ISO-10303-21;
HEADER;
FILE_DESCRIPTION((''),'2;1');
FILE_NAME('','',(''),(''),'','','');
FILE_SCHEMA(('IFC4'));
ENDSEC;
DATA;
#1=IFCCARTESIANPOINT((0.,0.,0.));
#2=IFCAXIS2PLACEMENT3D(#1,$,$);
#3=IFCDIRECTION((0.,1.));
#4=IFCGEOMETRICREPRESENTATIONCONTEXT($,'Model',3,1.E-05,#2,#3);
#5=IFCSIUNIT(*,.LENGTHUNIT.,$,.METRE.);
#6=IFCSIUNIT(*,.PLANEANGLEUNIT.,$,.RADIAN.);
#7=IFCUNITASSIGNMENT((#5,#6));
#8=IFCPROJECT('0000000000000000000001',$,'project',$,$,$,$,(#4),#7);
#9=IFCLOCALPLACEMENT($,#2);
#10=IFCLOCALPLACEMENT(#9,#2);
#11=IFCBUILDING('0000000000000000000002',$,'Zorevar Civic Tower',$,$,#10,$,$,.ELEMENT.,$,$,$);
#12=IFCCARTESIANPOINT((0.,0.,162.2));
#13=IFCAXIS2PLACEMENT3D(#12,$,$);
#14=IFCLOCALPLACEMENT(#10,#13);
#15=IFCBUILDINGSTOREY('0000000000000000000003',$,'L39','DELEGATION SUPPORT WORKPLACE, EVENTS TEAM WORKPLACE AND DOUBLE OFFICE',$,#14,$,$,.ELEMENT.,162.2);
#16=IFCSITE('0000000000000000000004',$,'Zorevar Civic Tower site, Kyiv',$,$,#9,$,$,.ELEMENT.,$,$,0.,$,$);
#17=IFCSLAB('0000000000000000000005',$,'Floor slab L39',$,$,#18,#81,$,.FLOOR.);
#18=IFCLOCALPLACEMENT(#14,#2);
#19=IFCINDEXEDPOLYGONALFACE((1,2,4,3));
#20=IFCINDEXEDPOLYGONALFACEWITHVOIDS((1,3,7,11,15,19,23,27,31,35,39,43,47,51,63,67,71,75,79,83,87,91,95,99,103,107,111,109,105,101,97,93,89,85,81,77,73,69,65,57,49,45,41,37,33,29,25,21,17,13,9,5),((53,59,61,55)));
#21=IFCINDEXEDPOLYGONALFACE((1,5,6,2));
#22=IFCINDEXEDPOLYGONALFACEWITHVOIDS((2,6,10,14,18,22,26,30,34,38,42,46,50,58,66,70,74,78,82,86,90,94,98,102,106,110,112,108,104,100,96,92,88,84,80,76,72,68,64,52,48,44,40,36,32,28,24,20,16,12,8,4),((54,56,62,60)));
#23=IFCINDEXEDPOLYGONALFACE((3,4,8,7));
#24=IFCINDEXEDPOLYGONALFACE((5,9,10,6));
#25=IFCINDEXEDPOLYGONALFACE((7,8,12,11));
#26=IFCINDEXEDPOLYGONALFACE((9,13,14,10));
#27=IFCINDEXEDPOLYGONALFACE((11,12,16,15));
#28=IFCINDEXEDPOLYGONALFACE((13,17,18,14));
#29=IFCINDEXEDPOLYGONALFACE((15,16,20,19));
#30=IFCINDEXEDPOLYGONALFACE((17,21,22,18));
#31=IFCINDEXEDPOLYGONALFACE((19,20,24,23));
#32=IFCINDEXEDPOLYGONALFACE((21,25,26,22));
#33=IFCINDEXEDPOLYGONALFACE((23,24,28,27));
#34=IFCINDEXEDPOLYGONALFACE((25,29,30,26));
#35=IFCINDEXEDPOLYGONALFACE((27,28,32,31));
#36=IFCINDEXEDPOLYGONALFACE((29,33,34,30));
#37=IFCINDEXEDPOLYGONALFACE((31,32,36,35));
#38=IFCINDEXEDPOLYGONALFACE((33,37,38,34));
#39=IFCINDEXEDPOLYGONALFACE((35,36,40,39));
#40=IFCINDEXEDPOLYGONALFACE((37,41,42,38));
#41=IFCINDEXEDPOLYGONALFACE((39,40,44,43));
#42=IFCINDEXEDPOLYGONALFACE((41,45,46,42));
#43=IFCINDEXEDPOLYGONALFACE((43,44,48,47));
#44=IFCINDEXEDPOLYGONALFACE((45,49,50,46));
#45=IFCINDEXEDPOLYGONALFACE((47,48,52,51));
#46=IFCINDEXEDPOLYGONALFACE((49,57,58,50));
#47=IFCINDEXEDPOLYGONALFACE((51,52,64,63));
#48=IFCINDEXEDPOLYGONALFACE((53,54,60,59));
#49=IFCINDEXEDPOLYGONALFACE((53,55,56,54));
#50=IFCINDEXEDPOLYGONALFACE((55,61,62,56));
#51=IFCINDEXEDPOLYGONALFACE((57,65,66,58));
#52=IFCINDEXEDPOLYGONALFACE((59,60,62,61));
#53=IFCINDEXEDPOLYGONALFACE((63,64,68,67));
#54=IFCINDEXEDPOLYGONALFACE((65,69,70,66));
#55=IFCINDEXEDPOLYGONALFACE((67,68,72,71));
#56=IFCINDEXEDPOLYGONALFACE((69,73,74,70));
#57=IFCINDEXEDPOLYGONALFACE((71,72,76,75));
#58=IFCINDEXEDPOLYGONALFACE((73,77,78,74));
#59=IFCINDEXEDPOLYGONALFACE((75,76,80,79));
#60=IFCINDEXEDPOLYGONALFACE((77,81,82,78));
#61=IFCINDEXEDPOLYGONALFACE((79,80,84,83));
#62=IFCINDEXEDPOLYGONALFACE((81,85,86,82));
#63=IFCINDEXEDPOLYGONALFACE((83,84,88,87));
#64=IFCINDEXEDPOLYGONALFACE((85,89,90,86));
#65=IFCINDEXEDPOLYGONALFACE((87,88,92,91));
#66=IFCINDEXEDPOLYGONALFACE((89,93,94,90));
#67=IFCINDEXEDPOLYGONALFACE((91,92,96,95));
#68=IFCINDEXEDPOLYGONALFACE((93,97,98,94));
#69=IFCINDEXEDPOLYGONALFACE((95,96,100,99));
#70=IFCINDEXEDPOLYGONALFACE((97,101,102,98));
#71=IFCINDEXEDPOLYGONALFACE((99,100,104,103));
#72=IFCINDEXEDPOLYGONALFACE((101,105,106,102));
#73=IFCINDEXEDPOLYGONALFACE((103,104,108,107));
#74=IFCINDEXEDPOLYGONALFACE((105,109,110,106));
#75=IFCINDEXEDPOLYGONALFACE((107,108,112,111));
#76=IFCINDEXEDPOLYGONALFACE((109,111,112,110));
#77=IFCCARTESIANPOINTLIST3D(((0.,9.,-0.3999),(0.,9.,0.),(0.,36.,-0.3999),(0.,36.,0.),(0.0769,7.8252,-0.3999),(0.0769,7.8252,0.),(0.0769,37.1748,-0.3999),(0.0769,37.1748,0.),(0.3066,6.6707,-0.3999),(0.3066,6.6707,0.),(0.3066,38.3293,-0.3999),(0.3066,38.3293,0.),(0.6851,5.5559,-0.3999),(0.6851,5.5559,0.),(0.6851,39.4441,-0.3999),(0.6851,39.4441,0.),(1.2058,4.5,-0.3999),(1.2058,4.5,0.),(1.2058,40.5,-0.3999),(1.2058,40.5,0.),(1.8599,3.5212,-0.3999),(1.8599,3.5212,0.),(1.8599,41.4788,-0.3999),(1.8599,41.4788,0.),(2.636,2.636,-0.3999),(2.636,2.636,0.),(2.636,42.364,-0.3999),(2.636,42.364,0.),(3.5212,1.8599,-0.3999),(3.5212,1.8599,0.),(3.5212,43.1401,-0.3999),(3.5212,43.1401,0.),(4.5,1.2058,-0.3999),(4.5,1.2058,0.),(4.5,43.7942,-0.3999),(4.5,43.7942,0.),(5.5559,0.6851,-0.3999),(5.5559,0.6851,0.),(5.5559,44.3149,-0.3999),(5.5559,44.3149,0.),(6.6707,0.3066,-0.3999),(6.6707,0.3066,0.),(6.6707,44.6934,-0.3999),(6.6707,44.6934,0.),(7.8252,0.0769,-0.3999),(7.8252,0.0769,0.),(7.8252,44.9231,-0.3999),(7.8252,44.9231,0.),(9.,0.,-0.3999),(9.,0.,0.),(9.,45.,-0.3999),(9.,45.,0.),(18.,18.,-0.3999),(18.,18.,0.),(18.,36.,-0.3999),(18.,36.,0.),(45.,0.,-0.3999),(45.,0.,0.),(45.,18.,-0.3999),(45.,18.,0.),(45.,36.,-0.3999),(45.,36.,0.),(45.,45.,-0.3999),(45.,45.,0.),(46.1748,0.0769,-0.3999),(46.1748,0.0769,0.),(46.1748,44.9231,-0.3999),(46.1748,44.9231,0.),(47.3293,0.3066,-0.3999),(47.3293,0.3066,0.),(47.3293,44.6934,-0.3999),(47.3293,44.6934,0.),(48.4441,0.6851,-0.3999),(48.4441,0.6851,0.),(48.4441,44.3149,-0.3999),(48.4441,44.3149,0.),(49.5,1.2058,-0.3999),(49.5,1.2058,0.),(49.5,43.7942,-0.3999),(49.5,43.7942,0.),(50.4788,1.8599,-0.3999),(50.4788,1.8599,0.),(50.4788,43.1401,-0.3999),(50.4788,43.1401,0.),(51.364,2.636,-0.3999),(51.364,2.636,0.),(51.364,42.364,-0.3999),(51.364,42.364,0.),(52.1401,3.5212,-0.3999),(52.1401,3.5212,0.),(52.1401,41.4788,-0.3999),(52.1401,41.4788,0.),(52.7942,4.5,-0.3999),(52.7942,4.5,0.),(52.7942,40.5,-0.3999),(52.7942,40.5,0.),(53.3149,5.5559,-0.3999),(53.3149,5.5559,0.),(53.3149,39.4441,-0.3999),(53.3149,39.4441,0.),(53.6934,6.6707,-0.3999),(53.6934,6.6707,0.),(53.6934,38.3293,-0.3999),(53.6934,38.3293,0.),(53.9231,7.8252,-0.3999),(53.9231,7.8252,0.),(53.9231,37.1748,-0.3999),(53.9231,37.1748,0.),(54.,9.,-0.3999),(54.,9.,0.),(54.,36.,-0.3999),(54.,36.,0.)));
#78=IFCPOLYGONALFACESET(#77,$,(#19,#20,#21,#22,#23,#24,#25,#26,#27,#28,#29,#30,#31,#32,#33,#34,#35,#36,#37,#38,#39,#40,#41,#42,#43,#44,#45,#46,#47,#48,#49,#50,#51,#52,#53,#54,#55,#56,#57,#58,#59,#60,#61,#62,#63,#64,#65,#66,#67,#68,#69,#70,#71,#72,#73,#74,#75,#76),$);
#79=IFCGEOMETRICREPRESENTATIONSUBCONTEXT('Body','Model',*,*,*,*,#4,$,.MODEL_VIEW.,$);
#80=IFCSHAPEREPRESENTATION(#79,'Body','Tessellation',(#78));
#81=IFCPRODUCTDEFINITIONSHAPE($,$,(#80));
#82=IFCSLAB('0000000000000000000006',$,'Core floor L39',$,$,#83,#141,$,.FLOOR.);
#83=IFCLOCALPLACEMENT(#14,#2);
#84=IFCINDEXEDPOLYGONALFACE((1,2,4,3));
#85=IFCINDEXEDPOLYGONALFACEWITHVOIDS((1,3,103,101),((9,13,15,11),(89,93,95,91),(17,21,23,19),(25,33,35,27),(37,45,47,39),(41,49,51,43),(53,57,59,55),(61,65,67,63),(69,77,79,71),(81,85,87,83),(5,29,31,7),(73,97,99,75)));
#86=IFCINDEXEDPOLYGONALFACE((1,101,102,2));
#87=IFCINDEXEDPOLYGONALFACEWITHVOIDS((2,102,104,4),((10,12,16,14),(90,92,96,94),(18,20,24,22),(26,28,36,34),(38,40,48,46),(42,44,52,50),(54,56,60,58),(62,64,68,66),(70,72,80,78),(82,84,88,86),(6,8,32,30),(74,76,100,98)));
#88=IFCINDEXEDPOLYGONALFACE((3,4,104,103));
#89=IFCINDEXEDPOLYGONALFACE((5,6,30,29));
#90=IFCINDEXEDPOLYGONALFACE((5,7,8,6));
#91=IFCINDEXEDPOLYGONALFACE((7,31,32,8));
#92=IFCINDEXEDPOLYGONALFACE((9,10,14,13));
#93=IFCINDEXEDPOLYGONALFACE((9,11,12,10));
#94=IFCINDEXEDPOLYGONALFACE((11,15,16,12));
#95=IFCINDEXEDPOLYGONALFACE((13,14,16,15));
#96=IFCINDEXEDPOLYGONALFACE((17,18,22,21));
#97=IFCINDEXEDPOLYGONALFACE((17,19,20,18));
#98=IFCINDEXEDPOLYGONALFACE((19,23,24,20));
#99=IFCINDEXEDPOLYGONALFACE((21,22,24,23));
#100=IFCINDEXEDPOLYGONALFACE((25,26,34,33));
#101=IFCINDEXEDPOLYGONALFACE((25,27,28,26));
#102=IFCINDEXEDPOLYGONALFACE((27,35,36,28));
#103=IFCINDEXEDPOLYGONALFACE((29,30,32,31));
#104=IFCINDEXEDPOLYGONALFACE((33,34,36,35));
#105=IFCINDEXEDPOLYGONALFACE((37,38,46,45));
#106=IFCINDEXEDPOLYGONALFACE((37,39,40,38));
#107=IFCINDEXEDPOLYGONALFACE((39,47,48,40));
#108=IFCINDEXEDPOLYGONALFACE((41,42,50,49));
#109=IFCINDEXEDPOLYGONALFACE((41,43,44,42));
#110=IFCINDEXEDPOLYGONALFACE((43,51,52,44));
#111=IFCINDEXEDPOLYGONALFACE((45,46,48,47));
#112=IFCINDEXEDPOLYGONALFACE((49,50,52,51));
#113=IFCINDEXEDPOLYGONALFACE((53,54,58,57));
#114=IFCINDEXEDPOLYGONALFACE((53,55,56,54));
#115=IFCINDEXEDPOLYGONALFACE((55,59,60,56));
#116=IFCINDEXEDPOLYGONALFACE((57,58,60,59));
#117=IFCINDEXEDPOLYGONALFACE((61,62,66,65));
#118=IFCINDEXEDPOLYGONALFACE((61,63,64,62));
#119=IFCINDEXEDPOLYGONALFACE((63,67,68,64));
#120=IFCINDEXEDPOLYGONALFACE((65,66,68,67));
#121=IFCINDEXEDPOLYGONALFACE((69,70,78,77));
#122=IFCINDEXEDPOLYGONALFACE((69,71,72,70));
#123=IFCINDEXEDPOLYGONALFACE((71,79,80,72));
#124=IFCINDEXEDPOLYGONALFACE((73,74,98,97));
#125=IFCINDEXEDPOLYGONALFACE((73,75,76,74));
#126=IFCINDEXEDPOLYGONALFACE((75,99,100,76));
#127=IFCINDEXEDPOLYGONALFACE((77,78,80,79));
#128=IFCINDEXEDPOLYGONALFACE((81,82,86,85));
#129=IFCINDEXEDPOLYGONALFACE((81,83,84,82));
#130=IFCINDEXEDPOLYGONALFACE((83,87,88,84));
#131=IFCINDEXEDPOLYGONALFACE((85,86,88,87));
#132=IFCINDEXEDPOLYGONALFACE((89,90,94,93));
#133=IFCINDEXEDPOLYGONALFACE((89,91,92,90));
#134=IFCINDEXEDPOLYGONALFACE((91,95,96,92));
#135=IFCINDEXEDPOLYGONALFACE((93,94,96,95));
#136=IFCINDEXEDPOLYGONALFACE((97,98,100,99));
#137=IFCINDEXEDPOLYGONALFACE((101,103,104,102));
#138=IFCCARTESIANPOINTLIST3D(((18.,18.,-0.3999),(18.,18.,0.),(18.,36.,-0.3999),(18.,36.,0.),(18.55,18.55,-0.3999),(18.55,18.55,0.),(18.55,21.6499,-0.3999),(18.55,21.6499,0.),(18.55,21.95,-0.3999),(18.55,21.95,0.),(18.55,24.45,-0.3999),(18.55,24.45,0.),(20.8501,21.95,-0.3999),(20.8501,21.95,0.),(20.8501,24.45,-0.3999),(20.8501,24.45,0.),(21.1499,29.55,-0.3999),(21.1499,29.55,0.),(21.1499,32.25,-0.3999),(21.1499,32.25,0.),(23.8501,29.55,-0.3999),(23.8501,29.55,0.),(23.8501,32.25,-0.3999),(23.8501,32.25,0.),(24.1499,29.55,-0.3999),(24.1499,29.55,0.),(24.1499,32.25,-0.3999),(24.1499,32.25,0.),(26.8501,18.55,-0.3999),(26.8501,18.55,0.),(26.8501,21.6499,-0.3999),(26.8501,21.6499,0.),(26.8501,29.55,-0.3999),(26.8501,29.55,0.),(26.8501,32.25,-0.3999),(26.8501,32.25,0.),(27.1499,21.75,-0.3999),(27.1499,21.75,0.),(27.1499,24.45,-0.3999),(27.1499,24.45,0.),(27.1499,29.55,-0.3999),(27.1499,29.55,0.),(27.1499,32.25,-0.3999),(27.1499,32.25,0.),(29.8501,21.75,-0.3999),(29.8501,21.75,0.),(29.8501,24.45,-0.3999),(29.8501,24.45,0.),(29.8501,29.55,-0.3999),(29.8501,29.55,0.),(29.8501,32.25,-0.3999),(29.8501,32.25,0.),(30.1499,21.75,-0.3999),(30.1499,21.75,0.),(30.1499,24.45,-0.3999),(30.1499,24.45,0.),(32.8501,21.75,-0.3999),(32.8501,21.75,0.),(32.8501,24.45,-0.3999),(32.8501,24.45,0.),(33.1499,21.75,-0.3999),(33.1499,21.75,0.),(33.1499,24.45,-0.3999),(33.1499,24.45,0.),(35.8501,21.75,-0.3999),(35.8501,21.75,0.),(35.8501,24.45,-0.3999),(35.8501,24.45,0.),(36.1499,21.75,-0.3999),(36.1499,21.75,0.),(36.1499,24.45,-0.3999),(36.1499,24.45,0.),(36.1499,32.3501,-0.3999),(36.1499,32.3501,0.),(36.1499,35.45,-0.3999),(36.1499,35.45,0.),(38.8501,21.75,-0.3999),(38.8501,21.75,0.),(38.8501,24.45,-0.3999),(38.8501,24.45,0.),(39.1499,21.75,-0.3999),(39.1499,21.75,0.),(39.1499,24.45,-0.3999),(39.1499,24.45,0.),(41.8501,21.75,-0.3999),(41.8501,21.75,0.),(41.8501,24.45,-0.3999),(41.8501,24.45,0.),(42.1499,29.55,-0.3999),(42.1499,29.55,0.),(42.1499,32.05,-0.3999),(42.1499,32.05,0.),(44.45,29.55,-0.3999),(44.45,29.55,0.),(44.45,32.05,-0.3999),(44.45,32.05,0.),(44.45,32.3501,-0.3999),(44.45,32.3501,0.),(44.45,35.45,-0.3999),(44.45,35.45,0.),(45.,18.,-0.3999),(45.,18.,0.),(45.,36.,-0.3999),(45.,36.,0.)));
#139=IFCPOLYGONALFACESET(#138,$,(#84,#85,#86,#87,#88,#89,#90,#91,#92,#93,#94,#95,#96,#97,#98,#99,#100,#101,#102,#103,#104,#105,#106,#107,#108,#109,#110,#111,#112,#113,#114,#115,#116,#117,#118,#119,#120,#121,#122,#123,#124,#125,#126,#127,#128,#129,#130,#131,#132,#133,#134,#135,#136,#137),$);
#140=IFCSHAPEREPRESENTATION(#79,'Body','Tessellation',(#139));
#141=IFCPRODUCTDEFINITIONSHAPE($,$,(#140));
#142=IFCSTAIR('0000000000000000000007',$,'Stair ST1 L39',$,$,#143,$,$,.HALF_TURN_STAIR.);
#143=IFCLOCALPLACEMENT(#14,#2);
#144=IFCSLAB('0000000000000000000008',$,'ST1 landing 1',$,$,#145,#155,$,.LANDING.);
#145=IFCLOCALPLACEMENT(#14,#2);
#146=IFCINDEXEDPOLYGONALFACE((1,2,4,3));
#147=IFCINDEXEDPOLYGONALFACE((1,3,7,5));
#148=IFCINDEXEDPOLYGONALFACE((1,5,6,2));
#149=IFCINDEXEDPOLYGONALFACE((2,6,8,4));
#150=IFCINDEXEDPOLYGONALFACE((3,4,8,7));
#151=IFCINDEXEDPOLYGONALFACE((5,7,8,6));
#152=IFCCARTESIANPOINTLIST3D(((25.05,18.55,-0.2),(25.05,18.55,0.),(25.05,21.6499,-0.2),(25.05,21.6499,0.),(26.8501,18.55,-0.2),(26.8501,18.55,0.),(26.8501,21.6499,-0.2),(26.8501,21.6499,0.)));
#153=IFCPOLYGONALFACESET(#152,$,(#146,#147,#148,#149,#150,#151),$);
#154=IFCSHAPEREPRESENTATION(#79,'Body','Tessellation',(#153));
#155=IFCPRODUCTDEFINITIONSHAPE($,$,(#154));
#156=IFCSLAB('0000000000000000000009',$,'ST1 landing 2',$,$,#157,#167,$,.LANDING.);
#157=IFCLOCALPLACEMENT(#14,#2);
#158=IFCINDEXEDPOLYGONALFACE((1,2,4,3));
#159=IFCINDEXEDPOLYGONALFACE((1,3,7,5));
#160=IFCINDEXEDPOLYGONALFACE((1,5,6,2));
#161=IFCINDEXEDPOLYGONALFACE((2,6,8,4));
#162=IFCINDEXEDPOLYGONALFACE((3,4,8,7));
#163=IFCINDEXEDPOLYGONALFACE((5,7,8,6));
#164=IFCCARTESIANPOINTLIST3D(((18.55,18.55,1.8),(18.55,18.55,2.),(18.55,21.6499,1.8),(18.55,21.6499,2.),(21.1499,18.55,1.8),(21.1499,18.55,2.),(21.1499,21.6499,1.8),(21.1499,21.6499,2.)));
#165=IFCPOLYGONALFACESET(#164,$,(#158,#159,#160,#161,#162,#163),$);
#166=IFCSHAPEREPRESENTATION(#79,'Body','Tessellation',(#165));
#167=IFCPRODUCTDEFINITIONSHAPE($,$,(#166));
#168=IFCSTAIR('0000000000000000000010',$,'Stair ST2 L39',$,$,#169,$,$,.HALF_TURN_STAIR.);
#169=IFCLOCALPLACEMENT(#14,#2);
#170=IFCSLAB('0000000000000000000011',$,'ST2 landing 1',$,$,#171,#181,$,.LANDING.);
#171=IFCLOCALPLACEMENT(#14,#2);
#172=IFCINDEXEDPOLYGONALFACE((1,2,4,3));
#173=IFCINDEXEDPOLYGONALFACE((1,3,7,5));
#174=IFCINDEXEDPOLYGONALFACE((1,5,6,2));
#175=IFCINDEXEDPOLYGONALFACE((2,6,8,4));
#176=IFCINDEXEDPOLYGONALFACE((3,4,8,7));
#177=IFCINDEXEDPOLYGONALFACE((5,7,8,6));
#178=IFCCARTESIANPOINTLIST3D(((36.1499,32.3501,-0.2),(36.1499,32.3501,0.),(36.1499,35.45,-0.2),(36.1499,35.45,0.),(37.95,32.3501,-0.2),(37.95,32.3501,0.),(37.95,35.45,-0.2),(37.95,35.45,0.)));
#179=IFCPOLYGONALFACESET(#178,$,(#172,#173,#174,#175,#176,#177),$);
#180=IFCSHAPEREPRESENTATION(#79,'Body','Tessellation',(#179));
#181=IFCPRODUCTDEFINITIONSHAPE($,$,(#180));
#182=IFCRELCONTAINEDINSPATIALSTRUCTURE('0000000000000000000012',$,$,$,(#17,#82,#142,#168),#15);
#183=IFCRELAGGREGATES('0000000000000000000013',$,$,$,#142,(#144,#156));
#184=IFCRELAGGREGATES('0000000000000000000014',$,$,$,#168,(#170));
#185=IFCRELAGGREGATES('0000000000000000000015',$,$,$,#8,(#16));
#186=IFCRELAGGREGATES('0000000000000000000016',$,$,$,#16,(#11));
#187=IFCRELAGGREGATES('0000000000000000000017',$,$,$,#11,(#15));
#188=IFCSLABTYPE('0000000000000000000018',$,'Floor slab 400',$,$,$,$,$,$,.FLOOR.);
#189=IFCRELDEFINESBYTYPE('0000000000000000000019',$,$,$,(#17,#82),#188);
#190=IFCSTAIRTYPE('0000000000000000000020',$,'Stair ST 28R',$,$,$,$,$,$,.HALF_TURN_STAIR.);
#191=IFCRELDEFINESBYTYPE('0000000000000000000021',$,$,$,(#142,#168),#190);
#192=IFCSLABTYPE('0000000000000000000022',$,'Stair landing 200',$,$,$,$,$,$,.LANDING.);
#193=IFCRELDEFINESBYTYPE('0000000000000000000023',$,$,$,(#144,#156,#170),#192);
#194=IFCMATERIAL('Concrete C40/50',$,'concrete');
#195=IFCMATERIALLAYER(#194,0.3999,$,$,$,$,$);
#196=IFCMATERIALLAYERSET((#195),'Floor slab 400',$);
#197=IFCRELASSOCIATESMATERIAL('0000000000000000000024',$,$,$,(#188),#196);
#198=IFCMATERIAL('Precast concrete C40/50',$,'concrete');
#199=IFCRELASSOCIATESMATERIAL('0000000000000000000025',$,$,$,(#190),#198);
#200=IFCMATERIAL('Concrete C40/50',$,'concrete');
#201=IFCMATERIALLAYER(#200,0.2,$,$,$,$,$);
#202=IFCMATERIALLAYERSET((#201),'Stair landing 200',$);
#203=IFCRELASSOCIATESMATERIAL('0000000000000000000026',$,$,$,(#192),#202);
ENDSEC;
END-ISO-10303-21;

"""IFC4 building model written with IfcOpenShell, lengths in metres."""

from ifc_helpers import new_model, si_unit, direction, frame, origin, place, context, subcontext, project, spatial, polyline, outline, extrude, material, layer, layer_set, type_object, element, aggregate, save


model = new_model("IFC4")

# Units and contexts
model_context = context("Model", 3, precision=1e-05, world=origin(), true_north=direction((0.0, 1.0)))
body_context = subcontext(model_context, "Body", "Model", "MODEL_VIEW")
ifc_project = project(units=[si_unit("LENGTHUNIT", "METRE"), si_unit("PLANEANGLEUNIT", "RADIAN")], contexts=[model_context])

# Site, building, storey
site_placement = place(None, origin())
site = spatial("IfcSite", under=ifc_project, at=site_placement, Name="Zorevar Civic Tower site, Kyiv", CompositionType="ELEMENT", RefElevation=0.0)
building_placement = place(site_placement, origin())
building = spatial("IfcBuilding", under=site, at=building_placement, Name="Zorevar Civic Tower", CompositionType="ELEMENT")
storey_placement = place(building_placement, frame((0.0, 0.0, 162.2)))
storey = spatial("IfcBuildingStorey", under=building, at=storey_placement, Name="L39", Description="DELEGATION SUPPORT WORKPLACE, EVENTS TEAM WORKPLACE AND DOUBLE OFFICE", CompositionType="ELEMENT", Elevation=162.2)

# Slabs
ifc_material_1 = material(Name="Concrete C40/50", Category="concrete")
ifc_layer_1 = layer(ifc_material_1, 0.3999)
ifc_layer_set_1 = layer_set([ifc_layer_1], Name="Floor slab 400")
slab_type_1 = type_object("IfcSlabType", Name="Floor slab 400", PredefinedType="FLOOR", material=ifc_layer_set_1)
slab_1_placement = place(storey_placement, frame((0.0, 0.0, -0.3999)))
element("IfcSlab", 1, at=slab_1_placement, inside=storey, type_object=slab_type_1, Name="Floor slab L39", PredefinedType="FLOOR", context=body_context, shape_type="SweptSolid", body=[
    extrude(outline(polyline([(45.0, 0.0), (46.1748, 0.0769), (47.3293, 0.3066), (48.4441, 0.6851), (49.5, 1.2058), (50.4788, 1.8599), (51.364, 2.636), (52.1401, 3.5212), (52.7942, 4.5), (53.3149, 5.5559), (53.6934, 6.6707), (53.9231, 7.8252), (54.0, 9.0), (54.0, 36.0), (53.9231, 37.1748), (53.6934, 38.3293), (53.3149, 39.4441), (52.7942, 40.5), (52.1401, 41.4788), (51.364, 42.364), (50.4788, 43.1401), (49.5, 43.7942), (48.4441, 44.3149), (47.3293, 44.6934), (46.1748, 44.9231), (45.0, 45.0), (9.0, 45.0), (7.8252, 44.9231), (6.6707, 44.6934), (5.5559, 44.3149), (4.5, 43.7942), (3.5212, 43.1401), (2.636, 42.364), (1.8599, 41.4788), (1.2058, 40.5), (0.6851, 39.4441), (0.3066, 38.3293), (0.0769, 37.1748), (0.0, 36.0), (0.0, 9.0), (0.0769, 7.8252), (0.3066, 6.6707), (0.6851, 5.5559), (1.2058, 4.5), (1.8599, 3.5212), (2.636, 2.636), (3.5212, 1.8599), (4.5, 1.2058), (5.5559, 0.6851), (6.6707, 0.3066), (7.8252, 0.0769), (9.0, 0.0), (45.0, 0.0)]), holes=[polyline([(18.0, 18.0), (45.0, 18.0), (45.0, 36.0), (18.0, 36.0), (18.0, 18.0)])]), origin(), (0.0, 0.0, 1.0), 0.3999),
])
slab_2_placement = place(storey_placement, frame((0.0, 0.0, -0.3999)))
element("IfcSlab", 2, at=slab_2_placement, inside=storey, type_object=slab_type_1, Name="Core floor L39", PredefinedType="FLOOR", context=body_context, shape_type="SweptSolid", body=[
    extrude(outline(polyline([(18.0, 18.0), (45.0, 18.0), (45.0, 36.0), (18.0, 36.0), (18.0, 18.0)]), holes=[polyline([(18.55, 18.55), (26.8501, 18.55), (26.8501, 21.6499), (18.55, 21.6499), (18.55, 18.55)]), polyline([(36.1499, 32.3501), (44.45, 32.3501), (44.45, 35.45), (36.1499, 35.45), (36.1499, 32.3501)]), polyline([(18.55, 21.95), (20.8501, 21.95), (20.8501, 24.45), (18.55, 24.45), (18.55, 21.95)]), polyline([(42.1499, 29.55), (44.45, 29.55), (44.45, 32.05), (42.1499, 32.05), (42.1499, 29.55)]), polyline([(27.1499, 21.75), (29.8501, 21.75), (29.8501, 24.45), (27.1499, 24.45), (27.1499, 21.75)]), polyline([(30.1499, 21.75), (32.8501, 21.75), (32.8501, 24.45), (30.1499, 24.45), (30.1499, 21.75)]), polyline([(33.1499, 21.75), (35.8501, 21.75), (35.8501, 24.45), (33.1499, 24.45), (33.1499, 21.75)]), polyline([(27.1499, 29.55), (29.8501, 29.55), (29.8501, 32.25), (27.1499, 32.25), (27.1499, 29.55)]), polyline([(36.1499, 21.75), (38.8501, 21.75), (38.8501, 24.45), (36.1499, 24.45), (36.1499, 21.75)]), polyline([(24.1499, 29.55), (26.8501, 29.55), (26.8501, 32.25), (24.1499, 32.25), (24.1499, 29.55)]), polyline([(39.1499, 21.75), (41.8501, 21.75), (41.8501, 24.45), (39.1499, 24.45), (39.1499, 21.75)]), polyline([(21.1499, 29.55), (23.8501, 29.55), (23.8501, 32.25), (21.1499, 32.25), (21.1499, 29.55)])]), origin(), (0.0, 0.0, 1.0), 0.3999),
])

# Stairs, slabs
ifc_material_2 = material(Name="Precast concrete C40/50", Category="concrete")
stair_type = type_object("IfcStairType", Name="Stair ST 28R", PredefinedType="HALF_TURN_STAIR", material=ifc_material_2)
stair_1_placement = place(storey_placement, origin())
stair_1 = element("IfcStair", 3, at=stair_1_placement, inside=storey, type_object=stair_type, Name="Stair ST1 L39", PredefinedType="HALF_TURN_STAIR")
ifc_material_3 = material(Name="Concrete C40/50", Category="concrete")
ifc_layer_2 = layer(ifc_material_3, 0.2)
ifc_layer_set_2 = layer_set([ifc_layer_2], Name="Stair landing 200")
slab_type_2 = type_object("IfcSlabType", Name="Stair landing 200", PredefinedType="LANDING", material=ifc_layer_set_2)
slab_3_placement = place(storey_placement, frame((0.0, 0.0, -0.2)))
slab_3 = element("IfcSlab", 4, at=slab_3_placement, type_object=slab_type_2, Name="ST1 landing 1", PredefinedType="LANDING", context=body_context, shape_type="SweptSolid", body=[
    extrude(outline(polyline([(25.05, 18.55), (26.8501, 18.55), (26.8501, 21.6499), (25.05, 21.6499), (25.05, 18.55)])), origin(), (0.0, 0.0, 1.0), 0.2),
])
slab_4_placement = place(storey_placement, frame((0.0, 0.0, 1.8)))
slab_4 = element("IfcSlab", 5, at=slab_4_placement, type_object=slab_type_2, Name="ST1 landing 2", PredefinedType="LANDING", context=body_context, shape_type="SweptSolid", body=[
    extrude(outline(polyline([(18.55, 18.55), (21.1499, 18.55), (21.1499, 21.6499), (18.55, 21.6499), (18.55, 18.55)])), origin(), (0.0, 0.0, 1.0), 0.2),
])
aggregate(stair_1, [slab_3, slab_4])
stair_2_placement = place(storey_placement, origin())
stair_2 = element("IfcStair", 6, at=stair_2_placement, inside=storey, type_object=stair_type, Name="Stair ST2 L39", PredefinedType="HALF_TURN_STAIR")
slab_5_placement = place(storey_placement, frame((0.0, 0.0, -0.2)))
slab_5 = element("IfcSlab", 7, at=slab_5_placement, type_object=slab_type_2, Name="ST2 landing 1", PredefinedType="LANDING", context=body_context, shape_type="SweptSolid", body=[
    extrude(outline(polyline([(37.95, 32.3501), (36.1499, 32.3501), (36.1499, 35.45), (37.95, 35.45), (37.95, 32.3501)])), origin(), (0.0, 0.0, 1.0), 0.2),
])
aggregate(stair_2, [slab_5])

save(model, "model.ifc")
